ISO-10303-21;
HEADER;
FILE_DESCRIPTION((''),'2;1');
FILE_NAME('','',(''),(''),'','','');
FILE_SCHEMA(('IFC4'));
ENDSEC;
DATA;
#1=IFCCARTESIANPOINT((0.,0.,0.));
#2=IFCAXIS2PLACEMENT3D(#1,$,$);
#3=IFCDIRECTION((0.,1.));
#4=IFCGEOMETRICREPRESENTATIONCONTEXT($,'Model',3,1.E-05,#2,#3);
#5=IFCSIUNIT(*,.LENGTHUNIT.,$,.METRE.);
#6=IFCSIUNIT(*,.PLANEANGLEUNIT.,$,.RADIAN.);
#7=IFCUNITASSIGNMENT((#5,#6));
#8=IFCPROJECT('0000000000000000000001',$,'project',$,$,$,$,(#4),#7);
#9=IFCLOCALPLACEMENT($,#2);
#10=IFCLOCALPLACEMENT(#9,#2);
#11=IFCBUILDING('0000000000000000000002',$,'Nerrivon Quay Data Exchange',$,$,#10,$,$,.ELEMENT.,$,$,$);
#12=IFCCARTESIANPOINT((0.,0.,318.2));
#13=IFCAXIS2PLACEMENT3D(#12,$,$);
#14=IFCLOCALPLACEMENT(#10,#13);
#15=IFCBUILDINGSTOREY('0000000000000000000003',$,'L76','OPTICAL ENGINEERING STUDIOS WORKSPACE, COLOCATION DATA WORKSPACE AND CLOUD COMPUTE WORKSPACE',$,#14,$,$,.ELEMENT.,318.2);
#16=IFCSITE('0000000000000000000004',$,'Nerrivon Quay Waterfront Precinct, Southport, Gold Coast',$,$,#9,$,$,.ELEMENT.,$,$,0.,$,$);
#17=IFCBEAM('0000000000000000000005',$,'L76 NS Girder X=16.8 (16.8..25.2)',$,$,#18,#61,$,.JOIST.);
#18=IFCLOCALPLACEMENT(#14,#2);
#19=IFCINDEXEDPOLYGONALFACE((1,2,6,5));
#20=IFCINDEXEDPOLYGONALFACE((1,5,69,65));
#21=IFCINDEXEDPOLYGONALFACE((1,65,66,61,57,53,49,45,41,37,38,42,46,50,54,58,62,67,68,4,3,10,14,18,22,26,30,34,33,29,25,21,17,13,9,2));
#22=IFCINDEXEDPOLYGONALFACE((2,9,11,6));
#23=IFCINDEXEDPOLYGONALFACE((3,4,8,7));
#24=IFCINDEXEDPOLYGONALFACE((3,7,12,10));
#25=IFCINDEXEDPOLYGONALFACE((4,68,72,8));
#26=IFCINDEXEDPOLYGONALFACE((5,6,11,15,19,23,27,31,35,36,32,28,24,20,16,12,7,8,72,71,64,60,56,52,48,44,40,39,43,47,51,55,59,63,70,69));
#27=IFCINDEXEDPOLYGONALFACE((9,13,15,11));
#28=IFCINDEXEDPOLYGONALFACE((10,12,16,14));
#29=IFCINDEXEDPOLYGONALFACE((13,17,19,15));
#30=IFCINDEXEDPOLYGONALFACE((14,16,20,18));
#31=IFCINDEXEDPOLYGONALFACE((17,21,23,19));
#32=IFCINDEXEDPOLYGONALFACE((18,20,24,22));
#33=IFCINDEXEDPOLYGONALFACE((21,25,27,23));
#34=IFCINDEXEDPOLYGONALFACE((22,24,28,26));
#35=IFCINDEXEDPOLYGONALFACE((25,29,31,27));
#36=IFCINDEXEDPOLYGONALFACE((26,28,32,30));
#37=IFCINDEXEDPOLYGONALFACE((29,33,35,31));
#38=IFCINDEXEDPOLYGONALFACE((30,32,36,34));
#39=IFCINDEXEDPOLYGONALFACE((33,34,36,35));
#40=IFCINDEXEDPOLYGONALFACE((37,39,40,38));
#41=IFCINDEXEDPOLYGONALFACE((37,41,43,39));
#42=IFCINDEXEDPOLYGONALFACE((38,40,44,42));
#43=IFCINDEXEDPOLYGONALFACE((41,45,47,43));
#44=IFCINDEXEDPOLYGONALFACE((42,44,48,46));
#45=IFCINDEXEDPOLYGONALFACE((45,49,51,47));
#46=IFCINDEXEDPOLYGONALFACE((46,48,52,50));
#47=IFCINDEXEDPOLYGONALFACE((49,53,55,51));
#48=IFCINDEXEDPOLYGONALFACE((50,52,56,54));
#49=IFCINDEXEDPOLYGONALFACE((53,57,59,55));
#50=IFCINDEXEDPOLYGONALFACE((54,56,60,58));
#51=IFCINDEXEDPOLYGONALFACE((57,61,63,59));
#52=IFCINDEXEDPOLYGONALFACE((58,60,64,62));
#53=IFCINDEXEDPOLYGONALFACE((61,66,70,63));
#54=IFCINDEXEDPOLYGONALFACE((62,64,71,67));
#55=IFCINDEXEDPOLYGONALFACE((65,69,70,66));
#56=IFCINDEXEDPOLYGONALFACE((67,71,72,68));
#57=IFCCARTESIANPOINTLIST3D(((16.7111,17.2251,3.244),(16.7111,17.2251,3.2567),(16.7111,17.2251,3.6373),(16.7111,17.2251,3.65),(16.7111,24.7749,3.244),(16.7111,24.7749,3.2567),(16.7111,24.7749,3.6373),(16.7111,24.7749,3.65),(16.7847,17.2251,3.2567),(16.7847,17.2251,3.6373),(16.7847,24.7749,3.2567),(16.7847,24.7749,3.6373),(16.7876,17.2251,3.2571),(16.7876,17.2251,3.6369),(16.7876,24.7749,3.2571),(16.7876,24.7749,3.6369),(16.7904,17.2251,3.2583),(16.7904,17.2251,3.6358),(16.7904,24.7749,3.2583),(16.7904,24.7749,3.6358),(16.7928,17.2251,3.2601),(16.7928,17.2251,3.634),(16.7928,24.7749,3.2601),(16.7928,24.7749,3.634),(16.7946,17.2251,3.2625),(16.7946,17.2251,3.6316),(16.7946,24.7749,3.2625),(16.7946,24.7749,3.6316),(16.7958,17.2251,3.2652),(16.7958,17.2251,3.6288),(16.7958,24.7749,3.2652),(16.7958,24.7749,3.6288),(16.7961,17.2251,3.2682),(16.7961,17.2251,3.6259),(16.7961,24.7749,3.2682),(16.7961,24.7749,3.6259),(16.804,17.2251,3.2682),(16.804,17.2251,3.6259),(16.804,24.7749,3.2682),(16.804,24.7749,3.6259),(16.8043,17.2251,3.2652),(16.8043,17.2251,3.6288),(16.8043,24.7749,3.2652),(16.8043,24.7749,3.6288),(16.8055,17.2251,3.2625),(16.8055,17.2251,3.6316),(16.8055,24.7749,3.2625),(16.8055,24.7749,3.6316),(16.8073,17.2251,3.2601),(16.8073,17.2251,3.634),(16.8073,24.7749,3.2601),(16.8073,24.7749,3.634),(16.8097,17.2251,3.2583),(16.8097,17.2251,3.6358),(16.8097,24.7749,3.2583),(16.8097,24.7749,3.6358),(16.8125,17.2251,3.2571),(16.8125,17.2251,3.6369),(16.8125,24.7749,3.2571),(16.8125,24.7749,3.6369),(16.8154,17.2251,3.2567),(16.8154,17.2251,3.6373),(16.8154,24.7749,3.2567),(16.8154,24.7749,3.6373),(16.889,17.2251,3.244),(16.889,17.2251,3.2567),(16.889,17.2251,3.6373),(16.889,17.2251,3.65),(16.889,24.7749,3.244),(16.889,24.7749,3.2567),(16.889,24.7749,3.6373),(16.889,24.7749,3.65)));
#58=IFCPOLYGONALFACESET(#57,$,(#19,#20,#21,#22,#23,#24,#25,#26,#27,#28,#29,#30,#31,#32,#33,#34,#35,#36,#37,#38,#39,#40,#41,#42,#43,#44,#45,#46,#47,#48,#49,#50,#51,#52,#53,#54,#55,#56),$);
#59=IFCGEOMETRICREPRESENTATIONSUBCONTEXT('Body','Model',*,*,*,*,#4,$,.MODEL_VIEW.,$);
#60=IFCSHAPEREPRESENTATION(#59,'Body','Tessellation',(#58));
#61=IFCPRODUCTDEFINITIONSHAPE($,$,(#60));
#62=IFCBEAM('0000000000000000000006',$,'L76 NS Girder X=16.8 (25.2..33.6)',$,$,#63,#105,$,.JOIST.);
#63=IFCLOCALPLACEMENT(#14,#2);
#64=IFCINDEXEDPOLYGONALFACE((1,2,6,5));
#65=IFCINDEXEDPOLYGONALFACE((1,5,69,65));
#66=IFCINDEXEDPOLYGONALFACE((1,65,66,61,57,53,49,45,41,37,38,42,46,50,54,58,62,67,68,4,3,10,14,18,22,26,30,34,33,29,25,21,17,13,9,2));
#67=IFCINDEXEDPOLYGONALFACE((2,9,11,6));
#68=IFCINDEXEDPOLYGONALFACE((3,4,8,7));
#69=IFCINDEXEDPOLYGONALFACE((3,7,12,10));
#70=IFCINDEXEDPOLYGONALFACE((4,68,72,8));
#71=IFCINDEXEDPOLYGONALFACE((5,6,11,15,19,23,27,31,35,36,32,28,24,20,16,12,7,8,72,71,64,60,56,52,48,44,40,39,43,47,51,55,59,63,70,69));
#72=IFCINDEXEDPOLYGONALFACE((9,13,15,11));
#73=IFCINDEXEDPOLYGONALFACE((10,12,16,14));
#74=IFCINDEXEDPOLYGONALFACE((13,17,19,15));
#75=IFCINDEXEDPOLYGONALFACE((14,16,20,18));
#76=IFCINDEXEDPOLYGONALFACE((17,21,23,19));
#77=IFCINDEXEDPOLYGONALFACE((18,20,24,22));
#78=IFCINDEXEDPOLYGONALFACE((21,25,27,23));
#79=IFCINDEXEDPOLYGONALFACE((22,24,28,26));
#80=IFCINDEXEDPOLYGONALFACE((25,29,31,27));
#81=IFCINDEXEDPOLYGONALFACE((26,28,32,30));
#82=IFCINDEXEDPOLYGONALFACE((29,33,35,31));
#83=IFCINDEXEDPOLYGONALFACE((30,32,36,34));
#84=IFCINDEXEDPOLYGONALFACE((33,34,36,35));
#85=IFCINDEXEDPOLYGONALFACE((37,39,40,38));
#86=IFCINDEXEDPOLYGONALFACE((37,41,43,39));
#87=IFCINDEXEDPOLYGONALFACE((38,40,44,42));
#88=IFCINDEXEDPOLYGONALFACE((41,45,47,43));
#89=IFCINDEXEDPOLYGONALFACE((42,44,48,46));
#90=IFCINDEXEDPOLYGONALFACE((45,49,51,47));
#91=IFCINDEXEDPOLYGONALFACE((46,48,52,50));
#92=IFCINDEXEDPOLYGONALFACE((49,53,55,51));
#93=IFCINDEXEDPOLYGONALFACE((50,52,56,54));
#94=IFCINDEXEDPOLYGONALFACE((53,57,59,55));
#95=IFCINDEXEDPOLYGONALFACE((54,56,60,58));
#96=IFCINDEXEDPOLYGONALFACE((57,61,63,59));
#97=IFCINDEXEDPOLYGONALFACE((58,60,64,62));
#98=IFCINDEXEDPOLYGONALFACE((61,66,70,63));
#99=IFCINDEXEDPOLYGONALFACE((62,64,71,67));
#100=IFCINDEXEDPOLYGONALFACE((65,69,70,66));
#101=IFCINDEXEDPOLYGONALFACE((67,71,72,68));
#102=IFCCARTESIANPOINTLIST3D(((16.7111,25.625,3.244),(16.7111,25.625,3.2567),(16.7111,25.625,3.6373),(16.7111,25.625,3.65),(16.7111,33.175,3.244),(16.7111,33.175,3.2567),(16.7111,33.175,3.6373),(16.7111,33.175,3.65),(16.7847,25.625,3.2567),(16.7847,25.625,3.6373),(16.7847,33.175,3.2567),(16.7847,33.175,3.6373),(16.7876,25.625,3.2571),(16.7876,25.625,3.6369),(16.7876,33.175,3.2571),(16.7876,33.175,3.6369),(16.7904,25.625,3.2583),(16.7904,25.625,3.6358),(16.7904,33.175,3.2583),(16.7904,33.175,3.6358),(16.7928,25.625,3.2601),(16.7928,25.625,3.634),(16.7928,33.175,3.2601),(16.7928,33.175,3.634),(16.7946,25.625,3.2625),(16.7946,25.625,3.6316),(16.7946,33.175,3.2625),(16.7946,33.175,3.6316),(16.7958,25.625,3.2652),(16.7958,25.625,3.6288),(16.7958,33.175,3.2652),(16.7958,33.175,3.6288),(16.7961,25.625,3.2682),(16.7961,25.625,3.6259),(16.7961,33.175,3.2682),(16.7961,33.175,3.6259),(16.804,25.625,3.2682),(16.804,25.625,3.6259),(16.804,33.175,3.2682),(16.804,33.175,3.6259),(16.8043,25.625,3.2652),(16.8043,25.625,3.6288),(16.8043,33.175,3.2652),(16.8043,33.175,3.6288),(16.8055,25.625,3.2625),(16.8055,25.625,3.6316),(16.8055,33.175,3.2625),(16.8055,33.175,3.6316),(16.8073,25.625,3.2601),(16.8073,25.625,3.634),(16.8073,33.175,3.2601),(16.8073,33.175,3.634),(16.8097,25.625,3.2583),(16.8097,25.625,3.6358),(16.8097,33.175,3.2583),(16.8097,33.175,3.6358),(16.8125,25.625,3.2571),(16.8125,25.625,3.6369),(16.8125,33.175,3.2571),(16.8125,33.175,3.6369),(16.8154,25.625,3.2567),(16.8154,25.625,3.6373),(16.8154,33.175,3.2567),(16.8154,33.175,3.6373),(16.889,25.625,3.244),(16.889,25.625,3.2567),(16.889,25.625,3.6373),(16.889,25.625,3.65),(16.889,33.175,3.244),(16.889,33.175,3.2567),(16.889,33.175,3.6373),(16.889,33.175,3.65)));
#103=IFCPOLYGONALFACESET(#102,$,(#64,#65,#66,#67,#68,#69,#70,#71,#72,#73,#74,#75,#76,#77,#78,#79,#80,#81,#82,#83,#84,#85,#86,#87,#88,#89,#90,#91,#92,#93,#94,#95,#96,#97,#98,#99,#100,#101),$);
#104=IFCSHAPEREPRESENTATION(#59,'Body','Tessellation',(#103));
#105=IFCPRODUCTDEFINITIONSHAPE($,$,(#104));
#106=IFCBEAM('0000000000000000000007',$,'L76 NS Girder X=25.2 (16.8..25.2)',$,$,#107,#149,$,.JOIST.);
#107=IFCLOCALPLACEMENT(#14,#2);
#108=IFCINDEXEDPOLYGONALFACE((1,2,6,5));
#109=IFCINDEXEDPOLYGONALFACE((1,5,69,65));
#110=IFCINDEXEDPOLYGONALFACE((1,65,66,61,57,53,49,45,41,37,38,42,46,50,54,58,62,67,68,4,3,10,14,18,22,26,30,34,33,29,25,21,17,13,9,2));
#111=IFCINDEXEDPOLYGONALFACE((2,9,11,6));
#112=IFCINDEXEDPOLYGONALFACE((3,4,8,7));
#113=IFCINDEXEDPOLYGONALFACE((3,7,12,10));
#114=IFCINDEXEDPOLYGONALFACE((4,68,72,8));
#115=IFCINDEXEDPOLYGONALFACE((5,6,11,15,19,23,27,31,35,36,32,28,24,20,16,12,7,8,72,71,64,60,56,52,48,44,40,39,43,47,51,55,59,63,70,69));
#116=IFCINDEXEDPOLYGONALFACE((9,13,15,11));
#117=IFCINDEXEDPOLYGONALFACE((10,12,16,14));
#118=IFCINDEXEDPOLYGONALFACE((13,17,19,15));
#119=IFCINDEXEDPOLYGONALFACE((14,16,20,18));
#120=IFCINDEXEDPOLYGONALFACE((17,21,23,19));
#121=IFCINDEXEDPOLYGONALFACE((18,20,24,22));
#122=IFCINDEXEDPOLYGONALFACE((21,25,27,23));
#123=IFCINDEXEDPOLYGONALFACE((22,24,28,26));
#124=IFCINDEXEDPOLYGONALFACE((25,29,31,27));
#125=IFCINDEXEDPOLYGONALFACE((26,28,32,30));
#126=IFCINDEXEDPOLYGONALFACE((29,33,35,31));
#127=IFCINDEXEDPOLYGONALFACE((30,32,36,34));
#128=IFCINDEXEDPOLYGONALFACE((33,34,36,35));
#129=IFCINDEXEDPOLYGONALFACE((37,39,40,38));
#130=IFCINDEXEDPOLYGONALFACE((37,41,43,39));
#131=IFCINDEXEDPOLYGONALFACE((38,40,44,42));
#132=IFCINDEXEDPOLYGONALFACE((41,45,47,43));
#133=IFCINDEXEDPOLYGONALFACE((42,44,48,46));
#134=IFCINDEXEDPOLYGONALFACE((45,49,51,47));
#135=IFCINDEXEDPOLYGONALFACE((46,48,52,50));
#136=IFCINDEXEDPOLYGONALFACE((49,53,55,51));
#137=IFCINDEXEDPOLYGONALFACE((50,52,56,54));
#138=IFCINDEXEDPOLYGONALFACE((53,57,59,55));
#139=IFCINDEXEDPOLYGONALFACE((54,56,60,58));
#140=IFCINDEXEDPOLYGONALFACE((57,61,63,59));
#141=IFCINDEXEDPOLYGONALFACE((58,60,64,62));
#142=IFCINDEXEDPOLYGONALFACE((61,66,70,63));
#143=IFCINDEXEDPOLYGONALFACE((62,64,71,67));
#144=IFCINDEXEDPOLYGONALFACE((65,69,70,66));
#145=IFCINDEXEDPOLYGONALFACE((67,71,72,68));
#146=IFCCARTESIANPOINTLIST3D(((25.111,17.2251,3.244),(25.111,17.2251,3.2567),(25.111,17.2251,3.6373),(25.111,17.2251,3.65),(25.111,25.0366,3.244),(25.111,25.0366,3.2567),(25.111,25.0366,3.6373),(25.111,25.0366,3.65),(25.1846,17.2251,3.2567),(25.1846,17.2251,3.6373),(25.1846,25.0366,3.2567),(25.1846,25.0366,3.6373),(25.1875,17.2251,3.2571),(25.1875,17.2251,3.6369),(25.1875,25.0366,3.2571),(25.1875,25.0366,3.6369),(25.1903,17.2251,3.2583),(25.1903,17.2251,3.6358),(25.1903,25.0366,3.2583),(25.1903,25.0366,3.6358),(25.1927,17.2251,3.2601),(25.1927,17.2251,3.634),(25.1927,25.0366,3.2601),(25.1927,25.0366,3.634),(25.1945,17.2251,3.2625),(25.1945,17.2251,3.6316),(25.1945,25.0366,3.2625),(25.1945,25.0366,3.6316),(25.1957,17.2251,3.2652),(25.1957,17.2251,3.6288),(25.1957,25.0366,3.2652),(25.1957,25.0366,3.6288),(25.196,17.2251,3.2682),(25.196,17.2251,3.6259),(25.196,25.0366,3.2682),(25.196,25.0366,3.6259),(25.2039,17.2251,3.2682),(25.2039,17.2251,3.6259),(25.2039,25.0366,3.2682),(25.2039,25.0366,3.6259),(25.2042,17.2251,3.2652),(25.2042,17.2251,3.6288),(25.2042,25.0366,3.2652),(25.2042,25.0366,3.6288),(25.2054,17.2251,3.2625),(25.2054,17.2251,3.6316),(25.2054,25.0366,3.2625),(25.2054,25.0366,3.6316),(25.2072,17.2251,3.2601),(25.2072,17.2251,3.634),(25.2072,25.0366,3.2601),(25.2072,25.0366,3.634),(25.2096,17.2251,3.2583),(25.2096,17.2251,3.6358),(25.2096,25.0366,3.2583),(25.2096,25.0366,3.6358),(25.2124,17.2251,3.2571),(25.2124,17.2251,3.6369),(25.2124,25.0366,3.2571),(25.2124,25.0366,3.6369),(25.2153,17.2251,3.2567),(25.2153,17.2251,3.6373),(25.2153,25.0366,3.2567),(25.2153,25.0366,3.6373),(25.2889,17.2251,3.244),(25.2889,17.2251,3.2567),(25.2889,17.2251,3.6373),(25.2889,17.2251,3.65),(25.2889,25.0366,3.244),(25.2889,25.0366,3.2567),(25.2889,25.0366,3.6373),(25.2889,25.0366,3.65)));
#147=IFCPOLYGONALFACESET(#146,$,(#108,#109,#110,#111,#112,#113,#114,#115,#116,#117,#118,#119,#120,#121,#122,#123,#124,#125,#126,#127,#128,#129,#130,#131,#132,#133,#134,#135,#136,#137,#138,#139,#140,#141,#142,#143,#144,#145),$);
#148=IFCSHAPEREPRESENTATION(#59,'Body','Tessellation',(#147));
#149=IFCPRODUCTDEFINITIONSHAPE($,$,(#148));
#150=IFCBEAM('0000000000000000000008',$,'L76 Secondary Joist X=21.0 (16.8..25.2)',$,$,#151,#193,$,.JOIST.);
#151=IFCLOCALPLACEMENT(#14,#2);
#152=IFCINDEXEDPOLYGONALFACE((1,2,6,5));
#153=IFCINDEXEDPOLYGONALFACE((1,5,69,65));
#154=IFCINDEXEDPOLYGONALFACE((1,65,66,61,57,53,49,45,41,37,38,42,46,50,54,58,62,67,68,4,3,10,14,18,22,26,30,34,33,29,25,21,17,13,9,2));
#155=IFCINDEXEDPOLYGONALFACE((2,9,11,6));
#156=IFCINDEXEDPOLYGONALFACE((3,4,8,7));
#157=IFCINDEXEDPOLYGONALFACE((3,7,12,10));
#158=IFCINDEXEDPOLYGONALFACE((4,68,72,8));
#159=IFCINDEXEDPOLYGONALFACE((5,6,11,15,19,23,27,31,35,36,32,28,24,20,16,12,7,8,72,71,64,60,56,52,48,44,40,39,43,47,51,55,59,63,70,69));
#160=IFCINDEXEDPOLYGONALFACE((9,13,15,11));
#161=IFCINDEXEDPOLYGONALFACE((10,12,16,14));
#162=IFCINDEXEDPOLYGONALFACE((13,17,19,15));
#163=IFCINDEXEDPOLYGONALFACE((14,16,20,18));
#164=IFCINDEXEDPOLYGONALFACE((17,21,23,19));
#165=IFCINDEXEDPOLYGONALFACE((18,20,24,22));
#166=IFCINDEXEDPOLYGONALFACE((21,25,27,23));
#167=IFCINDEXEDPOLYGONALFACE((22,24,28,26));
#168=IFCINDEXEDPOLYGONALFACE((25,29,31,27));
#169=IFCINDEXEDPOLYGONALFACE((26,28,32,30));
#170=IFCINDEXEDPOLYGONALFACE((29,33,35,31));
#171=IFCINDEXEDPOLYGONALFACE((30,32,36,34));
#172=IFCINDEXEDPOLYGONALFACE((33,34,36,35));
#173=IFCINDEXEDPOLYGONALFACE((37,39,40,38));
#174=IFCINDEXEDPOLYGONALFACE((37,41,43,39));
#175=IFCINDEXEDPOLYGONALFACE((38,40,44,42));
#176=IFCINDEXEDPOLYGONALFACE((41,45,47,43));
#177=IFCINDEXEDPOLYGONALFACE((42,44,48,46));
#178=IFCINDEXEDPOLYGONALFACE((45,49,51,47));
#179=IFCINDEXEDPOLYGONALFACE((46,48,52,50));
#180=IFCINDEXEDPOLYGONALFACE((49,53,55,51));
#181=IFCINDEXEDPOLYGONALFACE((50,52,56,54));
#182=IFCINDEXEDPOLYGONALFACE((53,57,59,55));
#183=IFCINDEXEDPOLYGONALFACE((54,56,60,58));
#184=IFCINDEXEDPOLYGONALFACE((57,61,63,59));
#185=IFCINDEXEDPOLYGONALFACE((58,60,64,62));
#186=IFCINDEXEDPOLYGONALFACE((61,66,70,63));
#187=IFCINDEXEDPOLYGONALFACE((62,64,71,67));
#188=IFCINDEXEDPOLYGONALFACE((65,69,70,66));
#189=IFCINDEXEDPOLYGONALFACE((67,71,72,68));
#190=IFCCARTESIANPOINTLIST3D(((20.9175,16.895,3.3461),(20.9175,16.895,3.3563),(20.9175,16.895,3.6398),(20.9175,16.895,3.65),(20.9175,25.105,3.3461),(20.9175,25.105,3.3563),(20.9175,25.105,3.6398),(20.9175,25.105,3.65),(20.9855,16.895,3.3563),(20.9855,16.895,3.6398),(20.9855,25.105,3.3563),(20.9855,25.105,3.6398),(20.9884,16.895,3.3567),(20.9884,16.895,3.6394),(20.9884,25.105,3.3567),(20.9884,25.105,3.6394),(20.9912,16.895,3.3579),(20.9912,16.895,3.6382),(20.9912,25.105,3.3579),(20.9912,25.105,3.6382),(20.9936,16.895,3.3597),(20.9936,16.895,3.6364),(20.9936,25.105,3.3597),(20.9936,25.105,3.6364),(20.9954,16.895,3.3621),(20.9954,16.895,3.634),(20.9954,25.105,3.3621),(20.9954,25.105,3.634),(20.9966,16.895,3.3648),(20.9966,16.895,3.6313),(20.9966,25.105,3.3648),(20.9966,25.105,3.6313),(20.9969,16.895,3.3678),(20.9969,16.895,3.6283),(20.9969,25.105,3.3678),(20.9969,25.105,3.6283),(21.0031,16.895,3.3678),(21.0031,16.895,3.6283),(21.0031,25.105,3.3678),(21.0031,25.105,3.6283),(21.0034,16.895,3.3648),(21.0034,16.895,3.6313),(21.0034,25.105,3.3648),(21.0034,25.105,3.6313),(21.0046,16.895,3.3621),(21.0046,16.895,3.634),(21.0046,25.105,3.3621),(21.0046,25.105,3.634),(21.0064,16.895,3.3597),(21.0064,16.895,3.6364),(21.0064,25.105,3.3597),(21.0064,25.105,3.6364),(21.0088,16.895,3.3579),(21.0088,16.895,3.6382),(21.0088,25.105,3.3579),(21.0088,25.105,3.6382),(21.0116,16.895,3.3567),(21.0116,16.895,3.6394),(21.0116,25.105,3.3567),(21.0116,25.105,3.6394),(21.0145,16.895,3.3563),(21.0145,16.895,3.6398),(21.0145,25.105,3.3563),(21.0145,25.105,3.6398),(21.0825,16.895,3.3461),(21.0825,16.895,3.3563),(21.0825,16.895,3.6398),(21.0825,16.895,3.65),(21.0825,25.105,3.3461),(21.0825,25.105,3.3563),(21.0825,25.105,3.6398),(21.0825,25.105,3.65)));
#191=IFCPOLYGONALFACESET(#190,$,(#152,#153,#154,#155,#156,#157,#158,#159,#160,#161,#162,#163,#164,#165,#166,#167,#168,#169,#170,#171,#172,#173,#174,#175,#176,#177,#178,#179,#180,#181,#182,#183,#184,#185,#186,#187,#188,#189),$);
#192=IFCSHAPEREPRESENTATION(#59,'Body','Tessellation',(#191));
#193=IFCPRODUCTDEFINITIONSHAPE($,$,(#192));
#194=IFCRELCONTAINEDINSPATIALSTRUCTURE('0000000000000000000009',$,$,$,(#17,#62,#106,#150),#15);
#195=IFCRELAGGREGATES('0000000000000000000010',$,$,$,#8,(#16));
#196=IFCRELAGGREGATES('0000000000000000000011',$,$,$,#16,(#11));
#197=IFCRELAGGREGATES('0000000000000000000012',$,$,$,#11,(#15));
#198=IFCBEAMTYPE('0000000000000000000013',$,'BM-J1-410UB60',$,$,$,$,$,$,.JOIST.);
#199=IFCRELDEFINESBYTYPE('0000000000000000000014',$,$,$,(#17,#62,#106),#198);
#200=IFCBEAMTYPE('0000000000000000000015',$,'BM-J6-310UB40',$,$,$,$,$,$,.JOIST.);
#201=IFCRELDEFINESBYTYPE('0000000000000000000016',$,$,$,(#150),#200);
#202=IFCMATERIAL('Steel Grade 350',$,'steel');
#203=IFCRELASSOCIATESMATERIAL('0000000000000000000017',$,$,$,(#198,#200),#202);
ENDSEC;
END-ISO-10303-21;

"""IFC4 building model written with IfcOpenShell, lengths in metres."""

from ifc_helpers import new_model, si_unit, direction, frame, origin, origin_2d, place, context, subcontext, project, spatial, i_section, extrude, material, material_profile, profile_set, type_object, element, save


model = new_model("IFC4")

# Units and contexts
model_context = context("Model", 3, precision=1e-05, world=origin(), true_north=direction((0.0, 1.0)))
body_context = subcontext(model_context, "Body", "Model", "MODEL_VIEW")
ifc_project = project(units=[si_unit("LENGTHUNIT", "METRE"), si_unit("PLANEANGLEUNIT", "RADIAN")], contexts=[model_context])

# Site, building, storey
site_placement = place(None, origin())
site = spatial("IfcSite", under=ifc_project, at=site_placement, Name="Nerrivon Quay Waterfront Precinct, Southport, Gold Coast", CompositionType="ELEMENT", RefElevation=0.0)
building_placement = place(site_placement, origin())
building = spatial("IfcBuilding", under=site, at=building_placement, Name="Nerrivon Quay Data Exchange", CompositionType="ELEMENT")
storey_placement = place(building_placement, frame((0.0, 0.0, 318.2)))
storey = spatial("IfcBuildingStorey", under=building, at=storey_placement, Name="L76", Description="OPTICAL ENGINEERING STUDIOS WORKSPACE, COLOCATION DATA WORKSPACE AND CLOUD COMPUTE WORKSPACE", CompositionType="ELEMENT", Elevation=318.2)

# Shared definitions
ifc_material_1 = material(Name="Steel Grade 350", Category="steel")

# Beams
ifc_material_profile_1 = material_profile(ifc_material_1, i_section(OverallWidth=0.178, OverallDepth=0.406, WebThickness=0.0078, FlangeThickness=0.0127, FilletRadius=0.0115, at=origin_2d()), Name="410UB59.7")
ifc_profile_set_1 = profile_set([ifc_material_profile_1], Name="Steel Grade 350")
beam_type_1 = type_object("IfcBeamType", Name="BM-J1-410UB60", PredefinedType="JOIST", material=ifc_profile_set_1)
beam_1_placement = place(storey_placement, frame((16.8, 17.2251, 3.447), z_axis=(0.0, 1.0, 0.0), x_axis=(-1.0, 0.0, 0.0)))
element("IfcBeam", 1, at=beam_1_placement, inside=storey, type_object=beam_type_1, Name="L76 NS Girder X=16.8 (16.8..25.2)", PredefinedType="JOIST", context=body_context, shape_type="SweptSolid", body=[
    extrude(i_section(OverallWidth=0.178, OverallDepth=0.406, WebThickness=0.0078, FlangeThickness=0.0127, FilletRadius=0.0115, at=origin_2d()), origin(), (0.0, 0.0, 1.0), 7.5498),
])
beam_2_placement = place(storey_placement, frame((16.8, 25.625, 3.447), z_axis=(0.0, 1.0, 0.0), x_axis=(-1.0, 0.0, 0.0)))
element("IfcBeam", 2, at=beam_2_placement, inside=storey, type_object=beam_type_1, Name="L76 NS Girder X=16.8 (25.2..33.6)", PredefinedType="JOIST", context=body_context, shape_type="SweptSolid", body=[
    extrude(i_section(OverallWidth=0.178, OverallDepth=0.406, WebThickness=0.0078, FlangeThickness=0.0127, FilletRadius=0.0115, at=origin_2d()), origin(), (0.0, 0.0, 1.0), 7.55),
])
beam_3_placement = place(storey_placement, frame((25.2, 17.2251, 3.447), z_axis=(0.0, 1.0, 0.0), x_axis=(-1.0, 0.0, 0.0)))
element("IfcBeam", 3, at=beam_3_placement, inside=storey, type_object=beam_type_1, Name="L76 NS Girder X=25.2 (16.8..25.2)", PredefinedType="JOIST", context=body_context, shape_type="SweptSolid", body=[
    extrude(i_section(OverallWidth=0.178, OverallDepth=0.406, WebThickness=0.0078, FlangeThickness=0.0127, FilletRadius=0.0115, at=origin_2d()), origin(), (0.0, 0.0, 1.0), 7.8115),
])
ifc_material_profile_2 = material_profile(ifc_material_1, i_section(OverallWidth=0.165, OverallDepth=0.304, WebThickness=0.0061, FlangeThickness=0.0103, FilletRadius=0.0115, at=origin_2d()), Name="310UB40.4")
ifc_profile_set_2 = profile_set([ifc_material_profile_2], Name="Steel Grade 350")
beam_type_2 = type_object("IfcBeamType", Name="BM-J6-310UB40", PredefinedType="JOIST", material=ifc_profile_set_2)
for number, where, z_axis, x_axis, name in (
    (4, (21.0, 16.895, 3.498), (0.0, 1.0, 0.0), (-1.0, 0.0, 0.0), "L76 Secondary Joist X=21.0 (16.8..25.2)"),
):
    element("IfcBeam", number, at=place(storey_placement, frame(where, z_axis=z_axis, x_axis=x_axis)), inside=storey, type_object=beam_type_2, Name=name, PredefinedType="JOIST", context=body_context, shape_type="SweptSolid", body=[
        extrude(i_section(OverallWidth=0.165, OverallDepth=0.304, WebThickness=0.0061, FlangeThickness=0.0103, FilletRadius=0.0115, at=origin_2d()), origin(), (0.0, 0.0, 1.0), 8.21),
    ])

save(model, "model.ifc")
